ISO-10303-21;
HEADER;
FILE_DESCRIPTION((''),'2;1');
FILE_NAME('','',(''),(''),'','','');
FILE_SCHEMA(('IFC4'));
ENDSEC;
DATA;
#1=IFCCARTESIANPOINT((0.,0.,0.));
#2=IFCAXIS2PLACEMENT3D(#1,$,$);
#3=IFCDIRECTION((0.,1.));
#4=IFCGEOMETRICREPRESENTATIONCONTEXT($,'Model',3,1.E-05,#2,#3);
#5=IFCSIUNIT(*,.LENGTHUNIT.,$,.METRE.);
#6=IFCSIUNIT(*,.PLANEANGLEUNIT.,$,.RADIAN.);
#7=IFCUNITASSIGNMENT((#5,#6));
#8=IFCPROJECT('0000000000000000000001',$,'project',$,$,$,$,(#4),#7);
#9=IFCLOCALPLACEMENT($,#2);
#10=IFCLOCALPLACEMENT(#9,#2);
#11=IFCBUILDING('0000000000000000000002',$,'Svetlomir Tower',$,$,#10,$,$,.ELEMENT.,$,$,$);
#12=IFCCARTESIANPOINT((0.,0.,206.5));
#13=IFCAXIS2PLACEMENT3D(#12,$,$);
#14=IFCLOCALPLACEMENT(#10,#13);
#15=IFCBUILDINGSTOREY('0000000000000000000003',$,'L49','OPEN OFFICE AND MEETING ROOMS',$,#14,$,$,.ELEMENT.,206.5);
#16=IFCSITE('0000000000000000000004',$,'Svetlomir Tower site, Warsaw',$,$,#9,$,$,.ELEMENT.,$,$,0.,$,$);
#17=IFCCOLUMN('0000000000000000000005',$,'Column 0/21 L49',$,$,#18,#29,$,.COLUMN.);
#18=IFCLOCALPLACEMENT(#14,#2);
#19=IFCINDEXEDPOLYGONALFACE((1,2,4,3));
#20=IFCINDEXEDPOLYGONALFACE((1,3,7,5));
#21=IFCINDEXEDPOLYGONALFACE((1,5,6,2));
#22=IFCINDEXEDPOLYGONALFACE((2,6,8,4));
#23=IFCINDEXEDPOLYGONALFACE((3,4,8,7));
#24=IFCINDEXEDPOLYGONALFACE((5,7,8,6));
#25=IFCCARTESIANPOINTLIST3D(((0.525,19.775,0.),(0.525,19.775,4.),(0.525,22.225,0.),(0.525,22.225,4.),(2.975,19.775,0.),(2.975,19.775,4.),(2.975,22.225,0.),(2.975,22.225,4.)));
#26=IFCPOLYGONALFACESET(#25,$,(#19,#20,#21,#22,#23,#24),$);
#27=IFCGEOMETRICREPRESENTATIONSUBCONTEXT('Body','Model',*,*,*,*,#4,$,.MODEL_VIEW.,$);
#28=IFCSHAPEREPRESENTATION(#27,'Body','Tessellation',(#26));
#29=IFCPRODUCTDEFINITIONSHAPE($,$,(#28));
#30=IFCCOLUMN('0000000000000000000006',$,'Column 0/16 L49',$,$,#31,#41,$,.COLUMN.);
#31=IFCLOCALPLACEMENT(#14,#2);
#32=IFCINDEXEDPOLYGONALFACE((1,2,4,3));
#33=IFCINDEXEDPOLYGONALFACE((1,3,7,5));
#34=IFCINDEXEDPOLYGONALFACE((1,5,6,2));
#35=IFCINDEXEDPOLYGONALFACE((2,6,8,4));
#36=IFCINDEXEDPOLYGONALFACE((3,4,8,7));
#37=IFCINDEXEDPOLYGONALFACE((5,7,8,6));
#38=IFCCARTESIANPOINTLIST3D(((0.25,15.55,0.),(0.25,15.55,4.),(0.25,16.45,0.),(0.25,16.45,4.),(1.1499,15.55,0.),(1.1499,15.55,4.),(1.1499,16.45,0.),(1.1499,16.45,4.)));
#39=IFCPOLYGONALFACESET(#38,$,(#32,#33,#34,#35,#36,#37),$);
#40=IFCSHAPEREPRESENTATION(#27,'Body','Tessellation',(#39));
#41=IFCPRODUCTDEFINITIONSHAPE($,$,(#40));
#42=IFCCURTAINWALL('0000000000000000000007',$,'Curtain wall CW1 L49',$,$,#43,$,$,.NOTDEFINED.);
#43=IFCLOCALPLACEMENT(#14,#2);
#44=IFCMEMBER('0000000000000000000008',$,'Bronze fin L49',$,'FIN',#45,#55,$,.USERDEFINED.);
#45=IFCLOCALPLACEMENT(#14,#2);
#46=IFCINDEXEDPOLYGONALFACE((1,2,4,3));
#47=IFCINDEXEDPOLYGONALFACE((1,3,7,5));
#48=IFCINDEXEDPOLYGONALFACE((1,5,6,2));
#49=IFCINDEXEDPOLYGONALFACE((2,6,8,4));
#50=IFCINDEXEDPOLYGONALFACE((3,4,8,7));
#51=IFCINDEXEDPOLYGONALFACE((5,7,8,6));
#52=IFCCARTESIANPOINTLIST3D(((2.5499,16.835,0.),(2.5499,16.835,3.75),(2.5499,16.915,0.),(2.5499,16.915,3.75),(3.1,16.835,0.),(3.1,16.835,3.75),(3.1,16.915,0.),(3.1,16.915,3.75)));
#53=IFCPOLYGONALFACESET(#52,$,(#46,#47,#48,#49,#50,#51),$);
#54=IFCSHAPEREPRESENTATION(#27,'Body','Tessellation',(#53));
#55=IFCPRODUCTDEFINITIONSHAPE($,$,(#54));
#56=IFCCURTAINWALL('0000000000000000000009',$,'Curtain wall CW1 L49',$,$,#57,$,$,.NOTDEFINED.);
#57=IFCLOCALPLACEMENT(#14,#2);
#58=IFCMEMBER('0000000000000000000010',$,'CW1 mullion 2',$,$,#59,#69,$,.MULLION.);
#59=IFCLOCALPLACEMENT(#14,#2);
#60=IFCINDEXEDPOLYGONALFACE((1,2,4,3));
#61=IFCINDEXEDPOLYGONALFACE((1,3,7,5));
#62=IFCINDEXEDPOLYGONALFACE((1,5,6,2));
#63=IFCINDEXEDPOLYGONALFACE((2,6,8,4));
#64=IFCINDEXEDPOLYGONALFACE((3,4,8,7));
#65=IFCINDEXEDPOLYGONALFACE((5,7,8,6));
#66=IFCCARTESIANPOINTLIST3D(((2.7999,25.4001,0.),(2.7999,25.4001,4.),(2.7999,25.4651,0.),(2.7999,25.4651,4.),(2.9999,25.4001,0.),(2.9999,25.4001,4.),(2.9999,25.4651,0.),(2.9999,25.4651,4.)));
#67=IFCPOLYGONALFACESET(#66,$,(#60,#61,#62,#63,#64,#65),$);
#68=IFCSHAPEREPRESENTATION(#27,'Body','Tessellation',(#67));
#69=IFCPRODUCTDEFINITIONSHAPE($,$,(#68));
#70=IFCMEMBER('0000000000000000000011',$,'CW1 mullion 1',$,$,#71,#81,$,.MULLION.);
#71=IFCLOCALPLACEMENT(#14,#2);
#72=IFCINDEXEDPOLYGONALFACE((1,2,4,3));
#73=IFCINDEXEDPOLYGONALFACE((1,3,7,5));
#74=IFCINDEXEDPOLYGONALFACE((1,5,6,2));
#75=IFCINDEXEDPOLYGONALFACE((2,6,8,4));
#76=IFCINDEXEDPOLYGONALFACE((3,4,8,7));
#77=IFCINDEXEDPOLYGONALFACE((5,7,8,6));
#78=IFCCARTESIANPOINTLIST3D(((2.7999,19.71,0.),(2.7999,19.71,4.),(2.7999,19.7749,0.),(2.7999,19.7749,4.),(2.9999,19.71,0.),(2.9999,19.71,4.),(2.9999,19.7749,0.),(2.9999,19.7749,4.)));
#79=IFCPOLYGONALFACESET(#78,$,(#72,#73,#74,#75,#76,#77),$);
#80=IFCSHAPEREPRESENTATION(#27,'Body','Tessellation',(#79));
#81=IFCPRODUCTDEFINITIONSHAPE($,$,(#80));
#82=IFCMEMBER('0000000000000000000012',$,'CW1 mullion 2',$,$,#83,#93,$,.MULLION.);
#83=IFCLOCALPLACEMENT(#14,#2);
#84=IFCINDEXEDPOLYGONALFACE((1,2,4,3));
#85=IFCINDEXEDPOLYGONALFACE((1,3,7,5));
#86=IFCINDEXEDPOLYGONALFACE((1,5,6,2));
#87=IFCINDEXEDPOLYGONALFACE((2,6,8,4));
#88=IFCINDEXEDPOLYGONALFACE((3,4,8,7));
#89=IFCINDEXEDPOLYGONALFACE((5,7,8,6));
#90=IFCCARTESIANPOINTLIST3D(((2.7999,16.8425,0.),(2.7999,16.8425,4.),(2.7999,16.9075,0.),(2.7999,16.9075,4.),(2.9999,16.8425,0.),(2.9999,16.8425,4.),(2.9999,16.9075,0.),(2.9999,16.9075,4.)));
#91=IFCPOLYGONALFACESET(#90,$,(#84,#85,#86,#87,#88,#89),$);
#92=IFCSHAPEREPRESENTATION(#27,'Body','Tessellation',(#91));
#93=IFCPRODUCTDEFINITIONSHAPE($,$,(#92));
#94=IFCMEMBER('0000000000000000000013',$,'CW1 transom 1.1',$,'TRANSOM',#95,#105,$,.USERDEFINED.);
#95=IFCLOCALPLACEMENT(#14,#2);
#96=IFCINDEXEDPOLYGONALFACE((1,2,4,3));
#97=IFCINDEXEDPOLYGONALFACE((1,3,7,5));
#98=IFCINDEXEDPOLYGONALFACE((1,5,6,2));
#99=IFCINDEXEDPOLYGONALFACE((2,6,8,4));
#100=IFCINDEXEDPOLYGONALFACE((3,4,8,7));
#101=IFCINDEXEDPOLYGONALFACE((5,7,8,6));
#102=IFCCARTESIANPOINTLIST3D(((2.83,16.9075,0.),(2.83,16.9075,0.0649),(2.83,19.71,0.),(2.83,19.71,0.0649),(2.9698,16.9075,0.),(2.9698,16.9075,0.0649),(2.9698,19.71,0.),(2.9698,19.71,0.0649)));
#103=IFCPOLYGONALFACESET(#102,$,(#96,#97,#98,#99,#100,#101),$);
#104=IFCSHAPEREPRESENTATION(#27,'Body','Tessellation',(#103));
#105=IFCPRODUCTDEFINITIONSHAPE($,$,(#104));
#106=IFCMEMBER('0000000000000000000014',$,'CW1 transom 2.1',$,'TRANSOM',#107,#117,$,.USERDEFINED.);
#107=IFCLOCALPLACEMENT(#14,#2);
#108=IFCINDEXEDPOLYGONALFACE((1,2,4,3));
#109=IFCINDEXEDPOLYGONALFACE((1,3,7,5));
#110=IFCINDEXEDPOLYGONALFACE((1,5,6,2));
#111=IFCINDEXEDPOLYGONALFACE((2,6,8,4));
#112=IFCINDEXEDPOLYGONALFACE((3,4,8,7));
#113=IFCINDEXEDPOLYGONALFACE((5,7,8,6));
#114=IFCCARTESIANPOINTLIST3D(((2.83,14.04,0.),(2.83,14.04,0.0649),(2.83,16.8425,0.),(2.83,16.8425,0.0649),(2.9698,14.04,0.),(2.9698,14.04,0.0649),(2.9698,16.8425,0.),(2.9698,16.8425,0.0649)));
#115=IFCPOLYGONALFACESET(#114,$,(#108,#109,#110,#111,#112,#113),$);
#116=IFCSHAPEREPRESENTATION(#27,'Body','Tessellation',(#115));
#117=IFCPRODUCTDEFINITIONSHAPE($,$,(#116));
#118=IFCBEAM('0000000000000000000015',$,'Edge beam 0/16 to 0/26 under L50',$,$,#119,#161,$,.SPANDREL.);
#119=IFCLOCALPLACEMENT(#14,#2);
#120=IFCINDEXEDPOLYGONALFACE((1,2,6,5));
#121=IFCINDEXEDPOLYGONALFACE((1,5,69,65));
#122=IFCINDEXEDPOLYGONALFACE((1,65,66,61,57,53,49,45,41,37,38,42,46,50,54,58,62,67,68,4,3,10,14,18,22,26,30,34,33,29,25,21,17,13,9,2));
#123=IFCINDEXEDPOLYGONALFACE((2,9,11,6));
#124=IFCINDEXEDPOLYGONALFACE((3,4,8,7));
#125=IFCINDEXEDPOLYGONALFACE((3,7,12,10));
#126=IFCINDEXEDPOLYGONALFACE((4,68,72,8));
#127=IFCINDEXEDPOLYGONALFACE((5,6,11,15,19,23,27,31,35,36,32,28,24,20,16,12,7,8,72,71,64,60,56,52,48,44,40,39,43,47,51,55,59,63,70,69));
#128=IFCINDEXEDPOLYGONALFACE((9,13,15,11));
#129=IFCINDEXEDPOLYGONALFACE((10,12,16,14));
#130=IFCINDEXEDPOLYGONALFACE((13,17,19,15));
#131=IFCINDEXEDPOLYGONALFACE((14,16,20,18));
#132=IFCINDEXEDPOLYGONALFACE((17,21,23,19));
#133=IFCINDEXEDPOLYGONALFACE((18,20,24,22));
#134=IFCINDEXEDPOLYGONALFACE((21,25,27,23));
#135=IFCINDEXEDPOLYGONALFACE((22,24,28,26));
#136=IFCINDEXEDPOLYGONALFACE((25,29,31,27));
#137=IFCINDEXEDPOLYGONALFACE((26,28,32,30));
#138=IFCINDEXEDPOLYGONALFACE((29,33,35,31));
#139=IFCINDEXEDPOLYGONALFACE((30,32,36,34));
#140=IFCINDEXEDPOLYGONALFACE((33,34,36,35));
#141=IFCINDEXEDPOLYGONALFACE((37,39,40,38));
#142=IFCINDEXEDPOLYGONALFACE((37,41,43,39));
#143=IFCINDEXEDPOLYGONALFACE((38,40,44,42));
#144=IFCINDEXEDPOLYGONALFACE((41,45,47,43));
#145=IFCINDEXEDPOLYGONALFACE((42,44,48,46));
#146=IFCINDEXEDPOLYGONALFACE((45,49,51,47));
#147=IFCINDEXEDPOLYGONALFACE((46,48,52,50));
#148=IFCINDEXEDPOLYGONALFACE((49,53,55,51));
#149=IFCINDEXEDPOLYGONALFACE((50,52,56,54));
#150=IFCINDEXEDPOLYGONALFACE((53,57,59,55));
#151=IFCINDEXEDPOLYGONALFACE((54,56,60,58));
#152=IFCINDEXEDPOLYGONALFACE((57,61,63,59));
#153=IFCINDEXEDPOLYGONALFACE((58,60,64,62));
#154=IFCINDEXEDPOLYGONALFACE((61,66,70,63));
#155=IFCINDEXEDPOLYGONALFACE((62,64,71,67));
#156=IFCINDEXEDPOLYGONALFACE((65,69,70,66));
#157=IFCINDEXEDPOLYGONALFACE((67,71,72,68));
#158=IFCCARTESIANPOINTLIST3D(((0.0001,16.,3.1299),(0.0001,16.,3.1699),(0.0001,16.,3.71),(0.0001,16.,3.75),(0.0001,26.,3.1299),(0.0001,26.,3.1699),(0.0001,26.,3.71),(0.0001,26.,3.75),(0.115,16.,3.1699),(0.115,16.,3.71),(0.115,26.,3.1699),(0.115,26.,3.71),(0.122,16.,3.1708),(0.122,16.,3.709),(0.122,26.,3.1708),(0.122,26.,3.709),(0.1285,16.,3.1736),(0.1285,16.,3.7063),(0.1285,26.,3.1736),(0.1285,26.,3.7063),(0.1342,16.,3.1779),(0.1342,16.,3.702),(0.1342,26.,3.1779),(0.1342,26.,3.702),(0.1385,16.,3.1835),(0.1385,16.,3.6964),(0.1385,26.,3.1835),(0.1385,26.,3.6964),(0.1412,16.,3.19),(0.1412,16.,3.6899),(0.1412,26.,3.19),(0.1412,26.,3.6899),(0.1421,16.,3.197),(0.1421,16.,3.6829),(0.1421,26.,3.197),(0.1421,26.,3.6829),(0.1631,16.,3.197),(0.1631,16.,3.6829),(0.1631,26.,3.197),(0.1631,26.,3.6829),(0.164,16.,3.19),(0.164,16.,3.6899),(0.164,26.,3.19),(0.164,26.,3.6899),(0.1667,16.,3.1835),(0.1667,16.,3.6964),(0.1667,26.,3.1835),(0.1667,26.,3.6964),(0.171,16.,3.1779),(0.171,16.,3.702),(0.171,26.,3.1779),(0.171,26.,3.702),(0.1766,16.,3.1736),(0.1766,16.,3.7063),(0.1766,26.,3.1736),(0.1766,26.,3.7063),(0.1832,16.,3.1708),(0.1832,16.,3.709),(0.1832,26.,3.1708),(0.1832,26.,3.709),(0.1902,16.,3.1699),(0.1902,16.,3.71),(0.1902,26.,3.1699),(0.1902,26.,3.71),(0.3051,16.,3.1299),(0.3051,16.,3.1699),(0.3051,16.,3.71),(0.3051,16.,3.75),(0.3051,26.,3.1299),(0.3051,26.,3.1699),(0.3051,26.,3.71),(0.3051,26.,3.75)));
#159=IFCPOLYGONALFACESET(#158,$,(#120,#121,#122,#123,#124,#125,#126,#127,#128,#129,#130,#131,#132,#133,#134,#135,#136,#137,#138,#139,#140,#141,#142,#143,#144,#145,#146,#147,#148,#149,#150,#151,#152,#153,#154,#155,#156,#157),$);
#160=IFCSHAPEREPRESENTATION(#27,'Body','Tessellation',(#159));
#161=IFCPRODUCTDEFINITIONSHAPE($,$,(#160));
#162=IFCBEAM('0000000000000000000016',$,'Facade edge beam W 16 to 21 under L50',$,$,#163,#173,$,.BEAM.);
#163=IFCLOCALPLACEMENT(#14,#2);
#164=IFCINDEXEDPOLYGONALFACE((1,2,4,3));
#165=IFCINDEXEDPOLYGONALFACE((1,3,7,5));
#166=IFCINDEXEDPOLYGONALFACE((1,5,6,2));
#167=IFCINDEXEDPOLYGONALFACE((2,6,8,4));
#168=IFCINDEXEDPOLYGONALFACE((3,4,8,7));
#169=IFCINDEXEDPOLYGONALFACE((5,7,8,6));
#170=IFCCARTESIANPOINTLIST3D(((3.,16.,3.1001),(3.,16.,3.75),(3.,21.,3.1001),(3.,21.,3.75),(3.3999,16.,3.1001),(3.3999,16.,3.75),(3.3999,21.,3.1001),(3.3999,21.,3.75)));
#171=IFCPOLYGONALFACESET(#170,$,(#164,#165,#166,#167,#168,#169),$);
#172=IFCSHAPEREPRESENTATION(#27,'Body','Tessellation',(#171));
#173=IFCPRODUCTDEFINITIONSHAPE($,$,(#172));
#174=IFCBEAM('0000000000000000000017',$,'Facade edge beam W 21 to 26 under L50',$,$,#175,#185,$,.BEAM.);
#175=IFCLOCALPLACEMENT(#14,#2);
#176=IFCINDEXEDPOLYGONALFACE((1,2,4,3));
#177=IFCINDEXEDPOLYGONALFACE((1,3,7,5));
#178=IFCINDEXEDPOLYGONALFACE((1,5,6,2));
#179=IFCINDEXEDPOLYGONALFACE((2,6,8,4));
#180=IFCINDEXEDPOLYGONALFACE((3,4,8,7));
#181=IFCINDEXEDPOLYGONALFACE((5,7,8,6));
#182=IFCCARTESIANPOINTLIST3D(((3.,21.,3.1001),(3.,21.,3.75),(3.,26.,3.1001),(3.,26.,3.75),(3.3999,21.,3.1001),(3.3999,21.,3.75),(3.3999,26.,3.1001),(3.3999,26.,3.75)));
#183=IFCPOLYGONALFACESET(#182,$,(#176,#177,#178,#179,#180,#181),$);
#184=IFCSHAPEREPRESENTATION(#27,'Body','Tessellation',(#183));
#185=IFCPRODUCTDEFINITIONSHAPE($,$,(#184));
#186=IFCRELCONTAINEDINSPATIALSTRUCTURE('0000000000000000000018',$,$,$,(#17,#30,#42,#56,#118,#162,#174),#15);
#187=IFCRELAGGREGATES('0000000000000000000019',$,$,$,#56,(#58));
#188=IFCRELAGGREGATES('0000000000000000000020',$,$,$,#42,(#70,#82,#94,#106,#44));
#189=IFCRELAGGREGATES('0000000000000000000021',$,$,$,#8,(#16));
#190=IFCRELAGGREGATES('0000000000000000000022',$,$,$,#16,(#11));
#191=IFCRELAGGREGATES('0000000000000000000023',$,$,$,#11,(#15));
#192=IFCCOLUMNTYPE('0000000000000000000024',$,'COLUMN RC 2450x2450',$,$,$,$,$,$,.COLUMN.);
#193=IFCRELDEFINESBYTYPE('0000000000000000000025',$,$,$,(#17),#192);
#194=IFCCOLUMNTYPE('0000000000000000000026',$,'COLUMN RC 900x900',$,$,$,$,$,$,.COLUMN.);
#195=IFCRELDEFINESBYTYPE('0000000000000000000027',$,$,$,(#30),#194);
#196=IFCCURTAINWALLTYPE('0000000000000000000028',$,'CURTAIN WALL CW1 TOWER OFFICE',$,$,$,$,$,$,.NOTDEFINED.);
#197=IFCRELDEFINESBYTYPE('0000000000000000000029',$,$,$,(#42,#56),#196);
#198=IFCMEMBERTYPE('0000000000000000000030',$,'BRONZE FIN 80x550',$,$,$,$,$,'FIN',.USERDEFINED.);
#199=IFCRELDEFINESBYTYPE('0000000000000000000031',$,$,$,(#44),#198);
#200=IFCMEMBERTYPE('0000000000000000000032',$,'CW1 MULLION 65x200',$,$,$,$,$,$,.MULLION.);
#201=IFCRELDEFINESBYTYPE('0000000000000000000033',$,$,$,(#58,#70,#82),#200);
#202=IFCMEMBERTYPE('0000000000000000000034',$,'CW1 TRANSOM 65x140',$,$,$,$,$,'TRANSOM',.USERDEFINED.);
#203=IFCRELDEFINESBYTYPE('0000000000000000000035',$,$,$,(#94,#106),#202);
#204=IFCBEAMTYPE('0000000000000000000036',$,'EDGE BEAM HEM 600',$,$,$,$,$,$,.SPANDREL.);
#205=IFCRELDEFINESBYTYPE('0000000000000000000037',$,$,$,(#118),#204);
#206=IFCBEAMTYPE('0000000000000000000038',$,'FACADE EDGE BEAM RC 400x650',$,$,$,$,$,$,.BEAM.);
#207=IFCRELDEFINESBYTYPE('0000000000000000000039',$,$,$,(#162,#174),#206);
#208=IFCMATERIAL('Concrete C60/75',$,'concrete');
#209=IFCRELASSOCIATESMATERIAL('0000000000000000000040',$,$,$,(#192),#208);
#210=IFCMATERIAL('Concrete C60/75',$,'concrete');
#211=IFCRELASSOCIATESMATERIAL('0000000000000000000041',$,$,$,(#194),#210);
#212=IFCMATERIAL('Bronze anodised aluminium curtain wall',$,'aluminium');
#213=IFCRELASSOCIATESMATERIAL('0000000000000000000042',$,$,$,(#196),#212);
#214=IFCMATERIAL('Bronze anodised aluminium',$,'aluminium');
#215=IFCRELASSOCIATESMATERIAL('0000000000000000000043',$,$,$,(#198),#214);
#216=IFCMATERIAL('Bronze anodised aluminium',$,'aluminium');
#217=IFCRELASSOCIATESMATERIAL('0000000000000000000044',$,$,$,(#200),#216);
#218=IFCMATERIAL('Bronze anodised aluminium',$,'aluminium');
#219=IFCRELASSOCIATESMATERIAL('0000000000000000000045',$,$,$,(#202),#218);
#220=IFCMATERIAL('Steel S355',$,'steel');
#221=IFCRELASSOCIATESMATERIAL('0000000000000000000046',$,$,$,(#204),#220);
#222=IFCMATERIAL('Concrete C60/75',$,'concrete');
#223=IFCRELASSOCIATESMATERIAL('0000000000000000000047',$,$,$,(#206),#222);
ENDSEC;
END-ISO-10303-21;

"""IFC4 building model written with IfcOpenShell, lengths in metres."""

from ifc_helpers import new_model, si_unit, direction, frame, origin, origin_2d, place, context, subcontext, project, spatial, rectangle, i_section, extrude, material, material_profile, profile_set, type_object, element, aggregate, save


model = new_model("IFC4")

# Units and contexts
model_context = context("Model", 3, precision=1e-05, world=origin(), true_north=direction((0.0, 1.0)))
body_context = subcontext(model_context, "Body", "Model", "MODEL_VIEW")
ifc_project = project(units=[si_unit("LENGTHUNIT", "METRE"), si_unit("PLANEANGLEUNIT", "RADIAN")], contexts=[model_context])

# Site, building, storey
site_placement = place(None, origin())
site = spatial("IfcSite", under=ifc_project, at=site_placement, Name="Svetlomir Tower site, Warsaw", CompositionType="ELEMENT", RefElevation=0.0)
building_placement = place(site_placement, origin())
building = spatial("IfcBuilding", under=site, at=building_placement, Name="Svetlomir Tower", CompositionType="ELEMENT")
storey_placement = place(building_placement, frame((0.0, 0.0, 206.5)))
storey = spatial("IfcBuildingStorey", under=building, at=storey_placement, Name="L49", Description="OPEN OFFICE AND MEETING ROOMS", CompositionType="ELEMENT", Elevation=206.5)

# Columns
ifc_material_1 = material(Name="Concrete C60/75", Category="concrete")
ifc_material_profile_1 = material_profile(ifc_material_1, rectangle(XDim=2.45, YDim=2.45, at=origin_2d()), Name="RC 2450x2450")
ifc_profile_set_1 = profile_set([ifc_material_profile_1], Name="Concrete C60/75")
column_type_1 = type_object("IfcColumnType", Name="COLUMN RC 2450x2450", PredefinedType="COLUMN", material=ifc_profile_set_1)
column_1_placement = place(storey_placement, frame((1.75, 21.0, 0.0), z_axis=(0.0, 0.0, 1.0), x_axis=(1.0, 0.0, 0.0)))
element("IfcColumn", 1, at=column_1_placement, inside=storey, type_object=column_type_1, Name="Column 0/21 L49", PredefinedType="COLUMN", context=body_context, shape_type="SweptSolid", body=[
    extrude(rectangle(XDim=2.45, YDim=2.45, at=origin_2d()), origin(), (0.0, 0.0, 1.0), 4.0),
])
ifc_material_2 = material(Name="Concrete C60/75", Category="concrete")
ifc_material_profile_2 = material_profile(ifc_material_2, rectangle(XDim=0.8999, YDim=0.8999, at=origin_2d()), Name="RC 900x900")
ifc_profile_set_2 = profile_set([ifc_material_profile_2], Name="Concrete C60/75")
column_type_2 = type_object("IfcColumnType", Name="COLUMN RC 900x900", PredefinedType="COLUMN", material=ifc_profile_set_2)
column_2_placement = place(storey_placement, frame((0.7, 16.0, 0.0), z_axis=(0.0, 0.0, 1.0), x_axis=(1.0, 0.0, 0.0)))
element("IfcColumn", 2, at=column_2_placement, inside=storey, type_object=column_type_2, Name="Column 0/16 L49", PredefinedType="COLUMN", context=body_context, shape_type="SweptSolid", body=[
    extrude(rectangle(XDim=0.8999, YDim=0.8999, at=origin_2d()), origin(), (0.0, 0.0, 1.0), 4.0),
])

# Curtain walls, members
ifc_material_3 = material(Name="Bronze anodised aluminium curtain wall", Category="aluminium")
curtain_wall_type = type_object("IfcCurtainWallType", Name="CURTAIN WALL CW1 TOWER OFFICE", PredefinedType="NOTDEFINED", material=ifc_material_3)
curtain_wall_1_placement = place(storey_placement, origin())
curtain_wall_1 = element("IfcCurtainWall", 3, at=curtain_wall_1_placement, inside=storey, type_object=curtain_wall_type, Name="Curtain wall CW1 L49", PredefinedType="NOTDEFINED")
ifc_material_4 = material(Name="Bronze anodised aluminium", Category="aluminium")
ifc_material_profile_3 = material_profile(ifc_material_4, rectangle(XDim=0.0801, YDim=0.55, at=origin_2d()), Name="FIN 80x550")
ifc_profile_set_3 = profile_set([ifc_material_profile_3], Name="Bronze anodised aluminium 6063-T6")
member_type_1 = type_object("IfcMemberType", Name="BRONZE FIN 80x550", ElementType="FIN", PredefinedType="USERDEFINED", material=ifc_profile_set_3)
member_1_placement = place(storey_placement, frame((2.825, 16.875, 0.0), z_axis=(0.0, 0.0, 1.0), x_axis=(0.0, 1.0, 0.0)))
member_1 = element("IfcMember", 4, at=member_1_placement, type_object=member_type_1, Name="Bronze fin L49", ObjectType="FIN", PredefinedType="USERDEFINED", context=body_context, shape_type="SweptSolid", body=[
    extrude(rectangle(XDim=0.0801, YDim=0.55, at=origin_2d()), origin(), (0.0, 0.0, 1.0), 3.75),
])
curtain_wall_2_placement = place(storey_placement, origin())
curtain_wall_2 = element("IfcCurtainWall", 5, at=curtain_wall_2_placement, inside=storey, type_object=curtain_wall_type, Name="Curtain wall CW1 L49", PredefinedType="NOTDEFINED")
ifc_material_5 = material(Name="Bronze anodised aluminium", Category="aluminium")
ifc_material_profile_4 = material_profile(ifc_material_5, rectangle(XDim=0.0649, YDim=0.2, at=origin_2d()), Name="AL 65x200")
ifc_profile_set_4 = profile_set([ifc_material_profile_4], Name="Bronze anodised aluminium 6063-T6")
member_type_2 = type_object("IfcMemberType", Name="CW1 MULLION 65x200", PredefinedType="MULLION", material=ifc_profile_set_4)
member_2_placement = place(storey_placement, frame((2.8999, 25.4326, 0.0), z_axis=(0.0, 0.0, 1.0), x_axis=(0.0, -1.0, 0.0)))
member_2 = element("IfcMember", 6, at=member_2_placement, type_object=member_type_2, Name="CW1 mullion 2", PredefinedType="MULLION", context=body_context, shape_type="SweptSolid", body=[
    extrude(rectangle(XDim=0.0649, YDim=0.2, at=origin_2d()), origin(), (0.0, 0.0, 1.0), 4.0),
])
aggregate(curtain_wall_2, [member_2])

# Members
member_3_placement = place(storey_placement, frame((2.8999, 19.7424, 0.0), z_axis=(0.0, 0.0, 1.0), x_axis=(0.0, -1.0, 0.0)))
member_3 = element("IfcMember", 7, at=member_3_placement, type_object=member_type_2, Name="CW1 mullion 1", PredefinedType="MULLION", context=body_context, shape_type="SweptSolid", body=[
    extrude(rectangle(XDim=0.0649, YDim=0.2, at=origin_2d()), origin(), (0.0, 0.0, 1.0), 4.0),
])
member_4_placement = place(storey_placement, frame((2.8999, 16.875, 0.0), z_axis=(0.0, 0.0, 1.0), x_axis=(0.0, -1.0, 0.0)))
member_4 = element("IfcMember", 8, at=member_4_placement, type_object=member_type_2, Name="CW1 mullion 2", PredefinedType="MULLION", context=body_context, shape_type="SweptSolid", body=[
    extrude(rectangle(XDim=0.0649, YDim=0.2, at=origin_2d()), origin(), (0.0, 0.0, 1.0), 4.0),
])
ifc_material_6 = material(Name="Bronze anodised aluminium", Category="aluminium")
ifc_material_profile_5 = material_profile(ifc_material_6, rectangle(XDim=0.1399, YDim=0.0649, at=origin_2d()), Name="AL 140x65")
ifc_profile_set_5 = profile_set([ifc_material_profile_5], Name="Bronze anodised aluminium 6063-T6")
member_type_3 = type_object("IfcMemberType", Name="CW1 TRANSOM 65x140", ElementType="TRANSOM", PredefinedType="USERDEFINED", material=ifc_profile_set_5)
member_5_placement = place(storey_placement, frame((2.8999, 19.71, 0.0325), z_axis=(0.0, -1.0, 0.0), x_axis=(1.0, 0.0, 0.0)))
member_5 = element("IfcMember", 9, at=member_5_placement, type_object=member_type_3, Name="CW1 transom 1.1", ObjectType="TRANSOM", PredefinedType="USERDEFINED", context=body_context, shape_type="SweptSolid", body=[
    extrude(rectangle(XDim=0.1399, YDim=0.0649, at=origin_2d()), origin(), (0.0, 0.0, 1.0), 2.8025),
])
member_6_placement = place(storey_placement, frame((2.8999, 16.8425, 0.0325), z_axis=(0.0, -1.0, 0.0), x_axis=(1.0, 0.0, 0.0)))
member_6 = element("IfcMember", 10, at=member_6_placement, type_object=member_type_3, Name="CW1 transom 2.1", ObjectType="TRANSOM", PredefinedType="USERDEFINED", context=body_context, shape_type="SweptSolid", body=[
    extrude(rectangle(XDim=0.1399, YDim=0.0649, at=origin_2d()), origin(), (0.0, 0.0, 1.0), 2.8025),
])

# Beams
ifc_material_7 = material(Name="Steel S355", Category="steel")
ifc_material_profile_6 = material_profile(ifc_material_7, i_section(OverallWidth=0.3049, OverallDepth=0.6201, WebThickness=0.021, FlangeThickness=0.04, FilletRadius=0.0271, at=origin_2d()), Name="HEM 600")
ifc_profile_set_6 = profile_set([ifc_material_profile_6], Name="Steel S355")
beam_type_1 = type_object("IfcBeamType", Name="EDGE BEAM HEM 600", PredefinedType="SPANDREL", material=ifc_profile_set_6)
beam_1_placement = place(storey_placement, frame((0.1526, 16.0, 3.4399), z_axis=(0.0, 1.0, 0.0), x_axis=(-1.0, 0.0, 0.0)))
element("IfcBeam", 11, at=beam_1_placement, inside=storey, type_object=beam_type_1, Name="Edge beam 0/16 to 0/26 under L50", PredefinedType="SPANDREL", context=body_context, shape_type="SweptSolid", body=[
    extrude(i_section(OverallWidth=0.3049, OverallDepth=0.6201, WebThickness=0.021, FlangeThickness=0.04, FilletRadius=0.0271, at=origin_2d()), origin(), (0.0, 0.0, 1.0), 10.0),
])
ifc_material_8 = material(Name="Concrete C60/75", Category="concrete")
ifc_material_profile_7 = material_profile(ifc_material_8, rectangle(XDim=0.3999, YDim=0.6499, at=origin_2d()), Name="RC 400x650")
ifc_profile_set_7 = profile_set([ifc_material_profile_7], Name="Concrete C60/75")
beam_type_2 = type_object("IfcBeamType", Name="FACADE EDGE BEAM RC 400x650", PredefinedType="BEAM", material=ifc_profile_set_7)
for number, where, z_axis, x_axis, name in (
    (12, (3.2, 16.0, 3.425), (0.0, 1.0, 0.0), (-1.0, 0.0, 0.0), "Facade edge beam W 16 to 21 under L50"),
    (13, (3.2, 21.0, 3.425), (0.0, 1.0, 0.0), (-1.0, 0.0, 0.0), "Facade edge beam W 21 to 26 under L50"),
):
    element("IfcBeam", number, at=place(storey_placement, frame(where, z_axis=z_axis, x_axis=x_axis)), inside=storey, type_object=beam_type_2, Name=name, PredefinedType="BEAM", context=body_context, shape_type="SweptSolid", body=[
        extrude(rectangle(XDim=0.3999, YDim=0.6499, at=origin_2d()), origin(), (0.0, 0.0, 1.0), 5.0),
    ])

aggregate(curtain_wall_1, [member_3, member_4, member_5, member_6, member_1])

save(model, "model.ifc")
